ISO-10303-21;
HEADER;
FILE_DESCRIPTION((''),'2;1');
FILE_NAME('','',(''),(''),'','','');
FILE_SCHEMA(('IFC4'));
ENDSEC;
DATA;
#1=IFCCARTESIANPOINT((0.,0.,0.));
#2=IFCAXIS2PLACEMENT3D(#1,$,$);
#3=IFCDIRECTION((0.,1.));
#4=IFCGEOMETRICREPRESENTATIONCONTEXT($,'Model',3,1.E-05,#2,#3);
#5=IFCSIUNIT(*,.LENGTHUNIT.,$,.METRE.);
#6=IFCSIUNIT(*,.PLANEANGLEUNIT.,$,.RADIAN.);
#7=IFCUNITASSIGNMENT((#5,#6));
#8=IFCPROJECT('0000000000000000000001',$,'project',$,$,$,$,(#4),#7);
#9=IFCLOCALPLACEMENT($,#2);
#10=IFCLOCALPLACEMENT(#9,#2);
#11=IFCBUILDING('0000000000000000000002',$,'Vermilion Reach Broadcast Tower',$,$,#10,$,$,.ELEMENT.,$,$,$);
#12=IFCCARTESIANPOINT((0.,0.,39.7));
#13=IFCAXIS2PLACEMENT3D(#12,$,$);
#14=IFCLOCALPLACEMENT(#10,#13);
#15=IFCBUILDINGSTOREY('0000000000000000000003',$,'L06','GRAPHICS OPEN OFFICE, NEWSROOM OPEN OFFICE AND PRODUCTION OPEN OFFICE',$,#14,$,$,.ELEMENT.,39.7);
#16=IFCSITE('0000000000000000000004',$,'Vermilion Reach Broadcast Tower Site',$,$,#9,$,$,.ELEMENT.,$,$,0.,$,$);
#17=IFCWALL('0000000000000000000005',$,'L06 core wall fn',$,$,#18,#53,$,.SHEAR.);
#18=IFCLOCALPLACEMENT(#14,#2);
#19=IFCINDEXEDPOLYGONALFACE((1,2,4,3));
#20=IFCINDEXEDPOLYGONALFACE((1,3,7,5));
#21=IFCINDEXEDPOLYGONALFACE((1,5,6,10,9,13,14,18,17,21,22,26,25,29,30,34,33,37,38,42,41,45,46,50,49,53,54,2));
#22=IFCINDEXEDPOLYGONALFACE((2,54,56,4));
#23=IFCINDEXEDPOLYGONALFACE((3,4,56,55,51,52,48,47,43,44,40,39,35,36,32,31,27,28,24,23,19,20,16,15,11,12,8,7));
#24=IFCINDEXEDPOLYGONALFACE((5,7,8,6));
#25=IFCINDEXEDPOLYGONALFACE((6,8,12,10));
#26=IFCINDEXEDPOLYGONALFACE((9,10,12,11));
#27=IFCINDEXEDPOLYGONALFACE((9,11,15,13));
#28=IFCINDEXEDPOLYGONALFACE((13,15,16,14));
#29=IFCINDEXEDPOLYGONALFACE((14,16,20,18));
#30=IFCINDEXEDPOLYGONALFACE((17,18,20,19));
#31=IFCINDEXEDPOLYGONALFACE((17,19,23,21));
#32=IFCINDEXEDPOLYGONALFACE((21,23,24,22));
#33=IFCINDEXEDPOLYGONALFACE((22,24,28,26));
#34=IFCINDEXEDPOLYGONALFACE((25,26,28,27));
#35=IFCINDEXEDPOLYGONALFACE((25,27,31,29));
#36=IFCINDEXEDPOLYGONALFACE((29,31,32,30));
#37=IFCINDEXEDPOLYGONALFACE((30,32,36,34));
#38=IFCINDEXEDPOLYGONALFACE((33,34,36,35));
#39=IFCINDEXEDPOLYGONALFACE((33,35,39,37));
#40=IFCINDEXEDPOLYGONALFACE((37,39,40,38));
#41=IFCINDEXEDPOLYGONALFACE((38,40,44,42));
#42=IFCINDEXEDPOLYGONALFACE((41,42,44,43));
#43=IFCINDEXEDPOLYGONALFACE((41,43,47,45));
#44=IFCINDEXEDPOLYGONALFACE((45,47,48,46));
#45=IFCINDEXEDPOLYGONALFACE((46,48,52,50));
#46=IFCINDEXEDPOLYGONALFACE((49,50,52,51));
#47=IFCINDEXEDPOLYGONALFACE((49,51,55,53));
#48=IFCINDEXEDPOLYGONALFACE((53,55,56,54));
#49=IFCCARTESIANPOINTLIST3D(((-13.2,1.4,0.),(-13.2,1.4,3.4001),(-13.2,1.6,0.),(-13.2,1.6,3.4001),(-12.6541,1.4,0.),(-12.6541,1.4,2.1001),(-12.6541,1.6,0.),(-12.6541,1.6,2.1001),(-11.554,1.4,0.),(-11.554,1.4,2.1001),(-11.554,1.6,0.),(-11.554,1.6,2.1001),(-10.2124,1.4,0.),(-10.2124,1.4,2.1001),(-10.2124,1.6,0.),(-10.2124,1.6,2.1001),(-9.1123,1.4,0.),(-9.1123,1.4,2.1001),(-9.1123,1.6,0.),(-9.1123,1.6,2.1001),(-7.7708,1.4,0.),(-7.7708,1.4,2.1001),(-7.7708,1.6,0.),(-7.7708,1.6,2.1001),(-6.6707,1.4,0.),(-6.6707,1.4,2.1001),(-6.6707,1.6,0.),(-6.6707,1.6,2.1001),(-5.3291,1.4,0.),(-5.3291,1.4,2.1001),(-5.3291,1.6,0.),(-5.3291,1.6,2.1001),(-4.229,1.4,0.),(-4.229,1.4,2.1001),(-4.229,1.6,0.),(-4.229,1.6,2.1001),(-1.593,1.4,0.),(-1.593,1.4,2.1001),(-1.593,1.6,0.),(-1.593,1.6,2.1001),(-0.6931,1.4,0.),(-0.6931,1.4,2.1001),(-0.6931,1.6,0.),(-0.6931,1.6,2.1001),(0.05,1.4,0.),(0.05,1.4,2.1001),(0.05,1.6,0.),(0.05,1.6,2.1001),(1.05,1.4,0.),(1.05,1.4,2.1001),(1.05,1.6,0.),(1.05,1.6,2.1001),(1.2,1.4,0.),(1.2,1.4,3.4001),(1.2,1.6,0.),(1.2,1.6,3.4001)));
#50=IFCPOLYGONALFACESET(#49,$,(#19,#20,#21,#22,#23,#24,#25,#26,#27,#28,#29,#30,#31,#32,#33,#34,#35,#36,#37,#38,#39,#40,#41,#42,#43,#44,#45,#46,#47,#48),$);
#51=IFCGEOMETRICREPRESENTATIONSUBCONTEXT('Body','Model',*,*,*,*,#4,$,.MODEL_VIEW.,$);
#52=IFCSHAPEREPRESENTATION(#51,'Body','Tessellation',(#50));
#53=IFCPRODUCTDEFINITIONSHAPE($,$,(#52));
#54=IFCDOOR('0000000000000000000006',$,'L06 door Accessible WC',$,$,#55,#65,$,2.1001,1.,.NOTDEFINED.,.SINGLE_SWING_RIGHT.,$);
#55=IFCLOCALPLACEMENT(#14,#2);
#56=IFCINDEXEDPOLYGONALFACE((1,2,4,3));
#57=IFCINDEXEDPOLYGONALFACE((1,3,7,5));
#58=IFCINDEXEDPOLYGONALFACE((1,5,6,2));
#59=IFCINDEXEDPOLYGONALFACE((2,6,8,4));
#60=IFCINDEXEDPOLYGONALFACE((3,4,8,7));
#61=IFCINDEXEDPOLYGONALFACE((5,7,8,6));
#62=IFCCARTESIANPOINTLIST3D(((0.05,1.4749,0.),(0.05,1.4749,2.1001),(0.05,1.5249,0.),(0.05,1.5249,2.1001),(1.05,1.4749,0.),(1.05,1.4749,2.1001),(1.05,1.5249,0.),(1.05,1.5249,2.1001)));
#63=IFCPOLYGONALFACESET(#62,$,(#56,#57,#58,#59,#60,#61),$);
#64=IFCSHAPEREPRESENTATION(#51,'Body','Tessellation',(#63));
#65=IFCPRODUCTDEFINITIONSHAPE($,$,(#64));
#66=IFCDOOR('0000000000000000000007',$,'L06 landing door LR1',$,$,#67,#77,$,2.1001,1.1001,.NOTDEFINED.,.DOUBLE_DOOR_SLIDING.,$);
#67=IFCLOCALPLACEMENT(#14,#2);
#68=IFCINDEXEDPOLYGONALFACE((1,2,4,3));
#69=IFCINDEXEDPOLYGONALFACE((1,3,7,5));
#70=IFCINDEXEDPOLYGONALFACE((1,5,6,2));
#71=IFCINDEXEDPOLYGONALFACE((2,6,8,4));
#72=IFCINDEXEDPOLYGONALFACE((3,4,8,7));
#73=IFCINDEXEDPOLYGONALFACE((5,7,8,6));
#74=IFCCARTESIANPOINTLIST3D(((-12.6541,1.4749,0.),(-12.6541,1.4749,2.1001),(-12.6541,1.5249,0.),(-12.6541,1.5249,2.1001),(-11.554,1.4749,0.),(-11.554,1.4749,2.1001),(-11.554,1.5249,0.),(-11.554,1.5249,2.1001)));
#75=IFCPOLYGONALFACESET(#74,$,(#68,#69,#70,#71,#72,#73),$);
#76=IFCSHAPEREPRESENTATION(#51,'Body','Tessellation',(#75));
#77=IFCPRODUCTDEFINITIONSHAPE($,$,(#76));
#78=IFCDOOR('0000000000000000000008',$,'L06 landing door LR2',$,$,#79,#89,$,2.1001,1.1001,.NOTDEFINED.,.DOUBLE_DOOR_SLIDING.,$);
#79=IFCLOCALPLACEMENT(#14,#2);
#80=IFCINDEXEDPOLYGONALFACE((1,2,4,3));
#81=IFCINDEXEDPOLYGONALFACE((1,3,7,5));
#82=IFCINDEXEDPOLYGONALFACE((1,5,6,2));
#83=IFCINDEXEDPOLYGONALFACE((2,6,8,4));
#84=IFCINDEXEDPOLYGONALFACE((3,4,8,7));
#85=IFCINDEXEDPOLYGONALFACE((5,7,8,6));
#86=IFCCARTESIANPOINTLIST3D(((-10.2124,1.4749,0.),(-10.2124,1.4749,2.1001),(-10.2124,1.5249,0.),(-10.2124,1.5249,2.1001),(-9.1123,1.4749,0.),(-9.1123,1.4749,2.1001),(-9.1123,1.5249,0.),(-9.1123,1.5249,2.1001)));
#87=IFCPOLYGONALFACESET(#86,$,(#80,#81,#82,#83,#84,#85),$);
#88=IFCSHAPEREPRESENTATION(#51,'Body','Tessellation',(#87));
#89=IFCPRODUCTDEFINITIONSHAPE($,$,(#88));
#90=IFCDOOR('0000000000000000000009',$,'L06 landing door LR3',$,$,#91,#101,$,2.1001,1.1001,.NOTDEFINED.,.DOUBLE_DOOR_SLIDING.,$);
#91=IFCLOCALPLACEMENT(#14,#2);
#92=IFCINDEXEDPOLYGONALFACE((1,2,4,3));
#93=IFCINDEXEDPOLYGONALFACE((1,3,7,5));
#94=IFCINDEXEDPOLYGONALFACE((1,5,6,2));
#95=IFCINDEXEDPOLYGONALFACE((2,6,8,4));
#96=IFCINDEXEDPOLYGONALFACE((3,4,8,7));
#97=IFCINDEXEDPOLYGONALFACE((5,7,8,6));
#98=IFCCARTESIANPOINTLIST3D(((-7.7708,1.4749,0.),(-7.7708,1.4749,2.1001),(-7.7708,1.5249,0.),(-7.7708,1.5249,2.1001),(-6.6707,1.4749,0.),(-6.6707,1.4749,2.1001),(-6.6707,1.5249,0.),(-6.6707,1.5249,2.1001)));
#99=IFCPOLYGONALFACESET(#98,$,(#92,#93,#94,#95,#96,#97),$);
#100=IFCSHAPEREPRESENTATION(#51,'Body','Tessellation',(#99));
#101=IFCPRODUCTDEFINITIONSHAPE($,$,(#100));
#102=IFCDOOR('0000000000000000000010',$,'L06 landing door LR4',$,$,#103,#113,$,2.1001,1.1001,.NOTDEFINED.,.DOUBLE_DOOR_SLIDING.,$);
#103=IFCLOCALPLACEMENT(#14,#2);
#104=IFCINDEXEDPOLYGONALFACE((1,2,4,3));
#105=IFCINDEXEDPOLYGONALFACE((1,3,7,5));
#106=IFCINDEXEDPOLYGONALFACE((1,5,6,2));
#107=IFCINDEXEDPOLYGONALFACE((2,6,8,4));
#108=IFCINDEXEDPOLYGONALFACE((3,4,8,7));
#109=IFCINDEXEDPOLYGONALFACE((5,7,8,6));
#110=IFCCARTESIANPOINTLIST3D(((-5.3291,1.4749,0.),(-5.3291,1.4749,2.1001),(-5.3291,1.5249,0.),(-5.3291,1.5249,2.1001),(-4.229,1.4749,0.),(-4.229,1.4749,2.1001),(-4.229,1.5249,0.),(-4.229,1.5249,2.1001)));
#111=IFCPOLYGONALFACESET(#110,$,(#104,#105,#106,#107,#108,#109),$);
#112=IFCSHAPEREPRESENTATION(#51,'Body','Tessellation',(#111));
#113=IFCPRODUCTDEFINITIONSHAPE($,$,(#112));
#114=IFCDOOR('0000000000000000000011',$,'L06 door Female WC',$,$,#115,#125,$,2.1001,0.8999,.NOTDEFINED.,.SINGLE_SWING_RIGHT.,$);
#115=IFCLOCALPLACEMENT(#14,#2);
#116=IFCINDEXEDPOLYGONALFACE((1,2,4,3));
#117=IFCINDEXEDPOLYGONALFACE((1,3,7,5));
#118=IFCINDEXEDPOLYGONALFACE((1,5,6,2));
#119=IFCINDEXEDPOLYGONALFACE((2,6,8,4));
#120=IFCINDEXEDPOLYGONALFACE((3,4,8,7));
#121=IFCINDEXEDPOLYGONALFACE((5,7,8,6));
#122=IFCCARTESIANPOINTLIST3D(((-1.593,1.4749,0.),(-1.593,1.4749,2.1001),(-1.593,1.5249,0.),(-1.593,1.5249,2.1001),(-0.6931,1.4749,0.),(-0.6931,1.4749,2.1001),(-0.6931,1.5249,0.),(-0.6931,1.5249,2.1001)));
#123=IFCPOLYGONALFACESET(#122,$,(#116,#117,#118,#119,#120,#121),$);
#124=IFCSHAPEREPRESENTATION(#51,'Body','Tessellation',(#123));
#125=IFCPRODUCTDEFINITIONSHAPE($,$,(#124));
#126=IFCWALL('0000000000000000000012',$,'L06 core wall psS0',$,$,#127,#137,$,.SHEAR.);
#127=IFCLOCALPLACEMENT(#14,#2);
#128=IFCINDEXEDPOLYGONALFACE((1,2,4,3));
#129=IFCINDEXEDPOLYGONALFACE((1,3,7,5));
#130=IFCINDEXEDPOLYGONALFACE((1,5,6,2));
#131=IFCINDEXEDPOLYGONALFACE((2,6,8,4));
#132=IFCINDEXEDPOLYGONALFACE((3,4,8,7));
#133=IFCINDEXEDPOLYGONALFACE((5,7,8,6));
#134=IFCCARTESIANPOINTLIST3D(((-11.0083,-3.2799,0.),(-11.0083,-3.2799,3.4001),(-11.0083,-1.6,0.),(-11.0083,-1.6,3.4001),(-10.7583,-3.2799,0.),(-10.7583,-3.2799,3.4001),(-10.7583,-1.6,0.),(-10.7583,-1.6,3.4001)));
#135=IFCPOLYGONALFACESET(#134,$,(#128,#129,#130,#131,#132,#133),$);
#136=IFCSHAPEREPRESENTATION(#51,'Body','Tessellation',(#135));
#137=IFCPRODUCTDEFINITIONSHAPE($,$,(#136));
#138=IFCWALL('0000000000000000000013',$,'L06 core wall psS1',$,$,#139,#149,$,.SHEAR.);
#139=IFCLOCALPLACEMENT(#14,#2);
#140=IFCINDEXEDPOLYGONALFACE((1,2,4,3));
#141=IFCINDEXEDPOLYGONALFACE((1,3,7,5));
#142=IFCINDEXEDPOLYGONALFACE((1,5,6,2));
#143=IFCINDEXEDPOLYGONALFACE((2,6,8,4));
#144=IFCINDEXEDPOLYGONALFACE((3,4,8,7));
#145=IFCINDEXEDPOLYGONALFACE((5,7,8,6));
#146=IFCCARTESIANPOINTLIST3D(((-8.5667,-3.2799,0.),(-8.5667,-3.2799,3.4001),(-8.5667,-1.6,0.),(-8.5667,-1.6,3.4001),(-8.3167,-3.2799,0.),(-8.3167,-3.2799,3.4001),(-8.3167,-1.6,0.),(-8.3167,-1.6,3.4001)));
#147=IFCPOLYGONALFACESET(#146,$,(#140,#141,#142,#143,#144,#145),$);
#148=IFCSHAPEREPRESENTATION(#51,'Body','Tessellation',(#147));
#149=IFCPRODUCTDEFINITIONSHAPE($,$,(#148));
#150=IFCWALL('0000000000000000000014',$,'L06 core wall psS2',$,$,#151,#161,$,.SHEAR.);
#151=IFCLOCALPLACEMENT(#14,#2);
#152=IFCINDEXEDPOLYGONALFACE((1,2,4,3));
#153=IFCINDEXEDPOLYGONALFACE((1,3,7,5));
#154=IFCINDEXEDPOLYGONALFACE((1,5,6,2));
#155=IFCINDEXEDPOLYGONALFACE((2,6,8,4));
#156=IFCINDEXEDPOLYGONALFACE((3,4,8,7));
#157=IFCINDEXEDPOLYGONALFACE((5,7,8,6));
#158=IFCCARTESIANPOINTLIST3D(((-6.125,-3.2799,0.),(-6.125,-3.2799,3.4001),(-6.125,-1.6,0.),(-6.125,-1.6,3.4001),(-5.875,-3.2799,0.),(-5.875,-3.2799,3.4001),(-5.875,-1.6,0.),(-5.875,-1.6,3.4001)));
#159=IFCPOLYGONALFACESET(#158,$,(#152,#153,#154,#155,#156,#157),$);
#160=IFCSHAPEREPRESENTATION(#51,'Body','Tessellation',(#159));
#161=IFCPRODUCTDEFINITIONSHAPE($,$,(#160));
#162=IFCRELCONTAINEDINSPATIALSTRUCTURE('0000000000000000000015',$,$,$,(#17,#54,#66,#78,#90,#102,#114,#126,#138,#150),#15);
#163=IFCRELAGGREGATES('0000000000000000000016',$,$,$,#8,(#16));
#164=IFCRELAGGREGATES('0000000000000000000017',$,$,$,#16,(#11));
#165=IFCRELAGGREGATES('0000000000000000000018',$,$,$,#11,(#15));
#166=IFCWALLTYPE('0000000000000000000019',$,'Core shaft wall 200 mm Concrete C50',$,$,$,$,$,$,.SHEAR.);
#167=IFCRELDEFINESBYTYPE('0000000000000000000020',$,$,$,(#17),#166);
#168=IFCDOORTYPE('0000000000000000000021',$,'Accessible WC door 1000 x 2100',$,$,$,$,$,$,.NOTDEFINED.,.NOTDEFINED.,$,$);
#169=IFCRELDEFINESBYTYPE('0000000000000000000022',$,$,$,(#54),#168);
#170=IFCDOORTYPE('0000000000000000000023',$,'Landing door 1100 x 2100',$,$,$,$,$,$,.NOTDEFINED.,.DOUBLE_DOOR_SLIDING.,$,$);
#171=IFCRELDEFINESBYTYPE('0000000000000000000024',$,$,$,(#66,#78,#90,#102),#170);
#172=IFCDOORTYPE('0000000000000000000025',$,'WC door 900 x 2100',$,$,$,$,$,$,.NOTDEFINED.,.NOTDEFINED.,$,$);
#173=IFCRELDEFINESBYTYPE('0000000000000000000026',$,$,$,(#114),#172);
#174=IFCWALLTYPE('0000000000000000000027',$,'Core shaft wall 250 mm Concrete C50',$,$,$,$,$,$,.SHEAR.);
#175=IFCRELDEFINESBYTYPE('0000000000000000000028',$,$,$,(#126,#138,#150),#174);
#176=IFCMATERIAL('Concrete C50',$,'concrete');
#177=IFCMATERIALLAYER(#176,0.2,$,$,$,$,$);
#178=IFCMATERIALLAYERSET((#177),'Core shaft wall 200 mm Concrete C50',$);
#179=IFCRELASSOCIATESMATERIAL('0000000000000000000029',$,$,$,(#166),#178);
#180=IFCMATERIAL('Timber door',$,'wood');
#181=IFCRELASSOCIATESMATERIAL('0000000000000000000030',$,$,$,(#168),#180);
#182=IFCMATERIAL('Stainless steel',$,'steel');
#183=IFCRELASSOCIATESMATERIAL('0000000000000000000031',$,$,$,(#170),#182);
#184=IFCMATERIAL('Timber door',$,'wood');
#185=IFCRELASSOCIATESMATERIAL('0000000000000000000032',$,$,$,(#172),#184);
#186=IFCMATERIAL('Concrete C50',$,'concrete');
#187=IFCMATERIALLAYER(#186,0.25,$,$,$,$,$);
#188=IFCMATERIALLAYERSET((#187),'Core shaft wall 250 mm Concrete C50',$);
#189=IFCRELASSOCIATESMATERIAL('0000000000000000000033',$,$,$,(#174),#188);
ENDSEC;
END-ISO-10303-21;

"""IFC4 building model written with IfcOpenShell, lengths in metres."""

from ifc_helpers import new_model, si_unit, direction, frame, frame_2d, origin, place, context, subcontext, project, spatial, rectangle, extrude, material, layer, layer_set, type_object, element, fill, save


model = new_model("IFC4")

# Units and contexts
model_context = context("Model", 3, precision=1e-05, world=origin(), true_north=direction((0.0, 1.0)))
body_context = subcontext(model_context, "Body", "Model", "MODEL_VIEW")
ifc_project = project(units=[si_unit("LENGTHUNIT", "METRE"), si_unit("PLANEANGLEUNIT", "RADIAN")], contexts=[model_context])

# Site, building, storey
site_placement = place(None, origin())
site = spatial("IfcSite", under=ifc_project, at=site_placement, Name="Vermilion Reach Broadcast Tower Site", CompositionType="ELEMENT", RefElevation=0.0)
building_placement = place(site_placement, origin())
building = spatial("IfcBuilding", under=site, at=building_placement, Name="Vermilion Reach Broadcast Tower", CompositionType="ELEMENT")
storey_placement = place(building_placement, frame((0.0, 0.0, 39.7)))
storey = spatial("IfcBuildingStorey", under=building, at=storey_placement, Name="L06", Description="GRAPHICS OPEN OFFICE, NEWSROOM OPEN OFFICE AND PRODUCTION OPEN OFFICE", CompositionType="ELEMENT", Elevation=39.7)

# Wall, openings, doors
ifc_material_1 = material(Name="Concrete C50", Category="concrete")
ifc_layer_1 = layer(ifc_material_1, 0.2)
ifc_layer_set_1 = layer_set([ifc_layer_1], Name="Core shaft wall 200 mm Concrete C50")
wall_type_1 = type_object("IfcWallType", Name="Core shaft wall 200 mm Concrete C50", PredefinedType="SHEAR", material=ifc_layer_set_1)
wall_1_placement = place(storey_placement, frame((-13.2, 1.5, 0.0), z_axis=(0.0, 0.0, 1.0), x_axis=(1.0, 0.0, 0.0)))
wall_1 = element("IfcWall", 1, at=wall_1_placement, inside=storey, type_object=wall_type_1, Name="L06 core wall fn", PredefinedType="SHEAR", context=body_context, shape_type="SweptSolid", body=[
    extrude(rectangle(XDim=14.3999, YDim=0.2, at=frame_2d((7.2, 0.0))), origin(), (0.0, 0.0, 1.0), 3.4001),
])
opening_1_placement = place(wall_1_placement, frame((0.5459, 0.0, 0.0)))
opening_1 = element("IfcOpeningElement", 2, at=opening_1_placement, cuts=wall_1, PredefinedType="OPENING", context=body_context, shape_type="SweptSolid", body=[
    extrude(rectangle(XDim=1.1001, YDim=2.1001, at=frame_2d((0.55, 1.05))), frame((0.0, 0.1099, 0.0), z_axis=(0.0, -1.0, 0.0), x_axis=(1.0, 0.0, 0.0)), (0.0, 0.0, 1.0), 0.22),
])
opening_2_placement = place(wall_1_placement, frame((2.9875, 0.0, 0.0)))
opening_2 = element("IfcOpeningElement", 3, at=opening_2_placement, cuts=wall_1, PredefinedType="OPENING", context=body_context, shape_type="SweptSolid", body=[
    extrude(rectangle(XDim=1.1001, YDim=2.1001, at=frame_2d((0.55, 1.05))), frame((0.0, 0.1099, 0.0), z_axis=(0.0, -1.0, 0.0), x_axis=(1.0, 0.0, 0.0)), (0.0, 0.0, 1.0), 0.22),
])
opening_3_placement = place(wall_1_placement, frame((5.4292, 0.0, 0.0)))
opening_3 = element("IfcOpeningElement", 4, at=opening_3_placement, cuts=wall_1, PredefinedType="OPENING", context=body_context, shape_type="SweptSolid", body=[
    extrude(rectangle(XDim=1.1001, YDim=2.1001, at=frame_2d((0.55, 1.05))), frame((0.0, 0.1099, 0.0), z_axis=(0.0, -1.0, 0.0), x_axis=(1.0, 0.0, 0.0)), (0.0, 0.0, 1.0), 0.22),
])
opening_4_placement = place(wall_1_placement, frame((7.8708, 0.0, 0.0)))
opening_4 = element("IfcOpeningElement", 5, at=opening_4_placement, cuts=wall_1, PredefinedType="OPENING", context=body_context, shape_type="SweptSolid", body=[
    extrude(rectangle(XDim=1.1001, YDim=2.1001, at=frame_2d((0.55, 1.05))), frame((0.0, 0.1099, 0.0), z_axis=(0.0, -1.0, 0.0), x_axis=(1.0, 0.0, 0.0)), (0.0, 0.0, 1.0), 0.22),
])
opening_5_placement = place(wall_1_placement, frame((11.6069, 0.0, 0.0)))
opening_5 = element("IfcOpeningElement", 6, at=opening_5_placement, cuts=wall_1, PredefinedType="OPENING", context=body_context, shape_type="SweptSolid", body=[
    extrude(rectangle(XDim=0.8999, YDim=2.1001, at=frame_2d((0.45, 1.05))), frame((0.0, 0.1099, 0.0), z_axis=(0.0, -1.0, 0.0), x_axis=(1.0, 0.0, 0.0)), (0.0, 0.0, 1.0), 0.22),
])
opening_6_placement = place(wall_1_placement, frame((13.25, 0.0, 0.0)))
opening_6 = element("IfcOpeningElement", 7, at=opening_6_placement, cuts=wall_1, PredefinedType="OPENING", context=body_context, shape_type="SweptSolid", body=[
    extrude(rectangle(XDim=1.0, YDim=2.1001, at=frame_2d((0.5, 1.05))), frame((0.0, 0.1099, 0.0), z_axis=(0.0, -1.0, 0.0), x_axis=(1.0, 0.0, 0.0)), (0.0, 0.0, 1.0), 0.22),
])
ifc_material_2 = material(Name="Timber door", Category="wood")
door_type_1 = type_object("IfcDoorType", Name="Accessible WC door 1000 x 2100", OperationType="NOTDEFINED", PredefinedType="NOTDEFINED", material=ifc_material_2)
door_1_placement = place(opening_6_placement, origin())
door_1 = element("IfcDoor", 8, at=door_1_placement, inside=storey, type_object=door_type_1, Name="L06 door Accessible WC", OperationType="SINGLE_SWING_RIGHT", OverallHeight=2.1001, OverallWidth=1.0, PredefinedType="NOTDEFINED", context=body_context, shape_type="SweptSolid", body=[
    extrude(rectangle(XDim=1.0, YDim=2.1001, at=frame_2d((0.5, 1.05))), frame((0.0, 0.0249, 0.0), z_axis=(0.0, -1.0, 0.0), x_axis=(1.0, 0.0, 0.0)), (0.0, 0.0, 1.0), 0.05),
])
fill(opening_6, door_1)
ifc_material_3 = material(Name="Stainless steel", Category="steel")
door_type_2 = type_object("IfcDoorType", Name="Landing door 1100 x 2100", OperationType="DOUBLE_DOOR_SLIDING", PredefinedType="NOTDEFINED", material=ifc_material_3)
door_2_placement = place(opening_1_placement, origin())
door_2 = element("IfcDoor", 9, at=door_2_placement, inside=storey, type_object=door_type_2, Name="L06 landing door LR1", OperationType="DOUBLE_DOOR_SLIDING", OverallHeight=2.1001, OverallWidth=1.1001, PredefinedType="NOTDEFINED", context=body_context, shape_type="SweptSolid", body=[
    extrude(rectangle(XDim=1.1001, YDim=2.1001, at=frame_2d((0.55, 1.05))), frame((0.0, 0.0249, 0.0), z_axis=(0.0, -1.0, 0.0), x_axis=(1.0, 0.0, 0.0)), (0.0, 0.0, 1.0), 0.05),
])
fill(opening_1, door_2)
door_3_placement = place(opening_2_placement, origin())
door_3 = element("IfcDoor", 10, at=door_3_placement, inside=storey, type_object=door_type_2, Name="L06 landing door LR2", OperationType="DOUBLE_DOOR_SLIDING", OverallHeight=2.1001, OverallWidth=1.1001, PredefinedType="NOTDEFINED", context=body_context, shape_type="SweptSolid", body=[
    extrude(rectangle(XDim=1.1001, YDim=2.1001, at=frame_2d((0.55, 1.05))), frame((0.0, 0.0249, 0.0), z_axis=(0.0, -1.0, 0.0), x_axis=(1.0, 0.0, 0.0)), (0.0, 0.0, 1.0), 0.05),
])
fill(opening_2, door_3)
door_4_placement = place(opening_3_placement, origin())
door_4 = element("IfcDoor", 11, at=door_4_placement, inside=storey, type_object=door_type_2, Name="L06 landing door LR3", OperationType="DOUBLE_DOOR_SLIDING", OverallHeight=2.1001, OverallWidth=1.1001, PredefinedType="NOTDEFINED", context=body_context, shape_type="SweptSolid", body=[
    extrude(rectangle(XDim=1.1001, YDim=2.1001, at=frame_2d((0.55, 1.05))), frame((0.0, 0.0249, 0.0), z_axis=(0.0, -1.0, 0.0), x_axis=(1.0, 0.0, 0.0)), (0.0, 0.0, 1.0), 0.05),
])
fill(opening_3, door_4)
door_5_placement = place(opening_4_placement, origin())
door_5 = element("IfcDoor", 12, at=door_5_placement, inside=storey, type_object=door_type_2, Name="L06 landing door LR4", OperationType="DOUBLE_DOOR_SLIDING", OverallHeight=2.1001, OverallWidth=1.1001, PredefinedType="NOTDEFINED", context=body_context, shape_type="SweptSolid", body=[
    extrude(rectangle(XDim=1.1001, YDim=2.1001, at=frame_2d((0.55, 1.05))), frame((0.0, 0.0249, 0.0), z_axis=(0.0, -1.0, 0.0), x_axis=(1.0, 0.0, 0.0)), (0.0, 0.0, 1.0), 0.05),
])
fill(opening_4, door_5)
ifc_material_4 = material(Name="Timber door", Category="wood")
door_type_3 = type_object("IfcDoorType", Name="WC door 900 x 2100", OperationType="NOTDEFINED", PredefinedType="NOTDEFINED", material=ifc_material_4)
door_6_placement = place(opening_5_placement, origin())
door_6 = element("IfcDoor", 13, at=door_6_placement, inside=storey, type_object=door_type_3, Name="L06 door Female WC", OperationType="SINGLE_SWING_RIGHT", OverallHeight=2.1001, OverallWidth=0.8999, PredefinedType="NOTDEFINED", context=body_context, shape_type="SweptSolid", body=[
    extrude(rectangle(XDim=0.8999, YDim=2.1001, at=frame_2d((0.45, 1.05))), frame((0.0, 0.0249, 0.0), z_axis=(0.0, -1.0, 0.0), x_axis=(1.0, 0.0, 0.0)), (0.0, 0.0, 1.0), 0.05),
])
fill(opening_5, door_6)

# Walls
ifc_material_5 = material(Name="Concrete C50", Category="concrete")
ifc_layer_2 = layer(ifc_material_5, 0.25)
ifc_layer_set_2 = layer_set([ifc_layer_2], Name="Core shaft wall 250 mm Concrete C50")
wall_type_2 = type_object("IfcWallType", Name="Core shaft wall 250 mm Concrete C50", PredefinedType="SHEAR", material=ifc_layer_set_2)
for number, where, z_axis, x_axis, name in (
    (14, (-10.8833, -1.6001, 0.0), (0.0, 0.0, 1.0), (0.0, -1.0, 0.0), "L06 core wall psS0"),
    (15, (-8.4417, -1.6001, 0.0), (0.0, 0.0, 1.0), (0.0, -1.0, 0.0), "L06 core wall psS1"),
    (16, (-6.0, -1.6001, 0.0), (0.0, 0.0, 1.0), (0.0, -1.0, 0.0), "L06 core wall psS2"),
):
    element("IfcWall", number, at=place(storey_placement, frame(where, z_axis=z_axis, x_axis=x_axis)), inside=storey, type_object=wall_type_2, Name=name, PredefinedType="SHEAR", context=body_context, shape_type="SweptSolid", body=[
        extrude(rectangle(XDim=1.6799, YDim=0.25, at=frame_2d((0.8398, 0.0))), origin(), (0.0, 0.0, 1.0), 3.4001),
    ])

save(model, "model.ifc")
